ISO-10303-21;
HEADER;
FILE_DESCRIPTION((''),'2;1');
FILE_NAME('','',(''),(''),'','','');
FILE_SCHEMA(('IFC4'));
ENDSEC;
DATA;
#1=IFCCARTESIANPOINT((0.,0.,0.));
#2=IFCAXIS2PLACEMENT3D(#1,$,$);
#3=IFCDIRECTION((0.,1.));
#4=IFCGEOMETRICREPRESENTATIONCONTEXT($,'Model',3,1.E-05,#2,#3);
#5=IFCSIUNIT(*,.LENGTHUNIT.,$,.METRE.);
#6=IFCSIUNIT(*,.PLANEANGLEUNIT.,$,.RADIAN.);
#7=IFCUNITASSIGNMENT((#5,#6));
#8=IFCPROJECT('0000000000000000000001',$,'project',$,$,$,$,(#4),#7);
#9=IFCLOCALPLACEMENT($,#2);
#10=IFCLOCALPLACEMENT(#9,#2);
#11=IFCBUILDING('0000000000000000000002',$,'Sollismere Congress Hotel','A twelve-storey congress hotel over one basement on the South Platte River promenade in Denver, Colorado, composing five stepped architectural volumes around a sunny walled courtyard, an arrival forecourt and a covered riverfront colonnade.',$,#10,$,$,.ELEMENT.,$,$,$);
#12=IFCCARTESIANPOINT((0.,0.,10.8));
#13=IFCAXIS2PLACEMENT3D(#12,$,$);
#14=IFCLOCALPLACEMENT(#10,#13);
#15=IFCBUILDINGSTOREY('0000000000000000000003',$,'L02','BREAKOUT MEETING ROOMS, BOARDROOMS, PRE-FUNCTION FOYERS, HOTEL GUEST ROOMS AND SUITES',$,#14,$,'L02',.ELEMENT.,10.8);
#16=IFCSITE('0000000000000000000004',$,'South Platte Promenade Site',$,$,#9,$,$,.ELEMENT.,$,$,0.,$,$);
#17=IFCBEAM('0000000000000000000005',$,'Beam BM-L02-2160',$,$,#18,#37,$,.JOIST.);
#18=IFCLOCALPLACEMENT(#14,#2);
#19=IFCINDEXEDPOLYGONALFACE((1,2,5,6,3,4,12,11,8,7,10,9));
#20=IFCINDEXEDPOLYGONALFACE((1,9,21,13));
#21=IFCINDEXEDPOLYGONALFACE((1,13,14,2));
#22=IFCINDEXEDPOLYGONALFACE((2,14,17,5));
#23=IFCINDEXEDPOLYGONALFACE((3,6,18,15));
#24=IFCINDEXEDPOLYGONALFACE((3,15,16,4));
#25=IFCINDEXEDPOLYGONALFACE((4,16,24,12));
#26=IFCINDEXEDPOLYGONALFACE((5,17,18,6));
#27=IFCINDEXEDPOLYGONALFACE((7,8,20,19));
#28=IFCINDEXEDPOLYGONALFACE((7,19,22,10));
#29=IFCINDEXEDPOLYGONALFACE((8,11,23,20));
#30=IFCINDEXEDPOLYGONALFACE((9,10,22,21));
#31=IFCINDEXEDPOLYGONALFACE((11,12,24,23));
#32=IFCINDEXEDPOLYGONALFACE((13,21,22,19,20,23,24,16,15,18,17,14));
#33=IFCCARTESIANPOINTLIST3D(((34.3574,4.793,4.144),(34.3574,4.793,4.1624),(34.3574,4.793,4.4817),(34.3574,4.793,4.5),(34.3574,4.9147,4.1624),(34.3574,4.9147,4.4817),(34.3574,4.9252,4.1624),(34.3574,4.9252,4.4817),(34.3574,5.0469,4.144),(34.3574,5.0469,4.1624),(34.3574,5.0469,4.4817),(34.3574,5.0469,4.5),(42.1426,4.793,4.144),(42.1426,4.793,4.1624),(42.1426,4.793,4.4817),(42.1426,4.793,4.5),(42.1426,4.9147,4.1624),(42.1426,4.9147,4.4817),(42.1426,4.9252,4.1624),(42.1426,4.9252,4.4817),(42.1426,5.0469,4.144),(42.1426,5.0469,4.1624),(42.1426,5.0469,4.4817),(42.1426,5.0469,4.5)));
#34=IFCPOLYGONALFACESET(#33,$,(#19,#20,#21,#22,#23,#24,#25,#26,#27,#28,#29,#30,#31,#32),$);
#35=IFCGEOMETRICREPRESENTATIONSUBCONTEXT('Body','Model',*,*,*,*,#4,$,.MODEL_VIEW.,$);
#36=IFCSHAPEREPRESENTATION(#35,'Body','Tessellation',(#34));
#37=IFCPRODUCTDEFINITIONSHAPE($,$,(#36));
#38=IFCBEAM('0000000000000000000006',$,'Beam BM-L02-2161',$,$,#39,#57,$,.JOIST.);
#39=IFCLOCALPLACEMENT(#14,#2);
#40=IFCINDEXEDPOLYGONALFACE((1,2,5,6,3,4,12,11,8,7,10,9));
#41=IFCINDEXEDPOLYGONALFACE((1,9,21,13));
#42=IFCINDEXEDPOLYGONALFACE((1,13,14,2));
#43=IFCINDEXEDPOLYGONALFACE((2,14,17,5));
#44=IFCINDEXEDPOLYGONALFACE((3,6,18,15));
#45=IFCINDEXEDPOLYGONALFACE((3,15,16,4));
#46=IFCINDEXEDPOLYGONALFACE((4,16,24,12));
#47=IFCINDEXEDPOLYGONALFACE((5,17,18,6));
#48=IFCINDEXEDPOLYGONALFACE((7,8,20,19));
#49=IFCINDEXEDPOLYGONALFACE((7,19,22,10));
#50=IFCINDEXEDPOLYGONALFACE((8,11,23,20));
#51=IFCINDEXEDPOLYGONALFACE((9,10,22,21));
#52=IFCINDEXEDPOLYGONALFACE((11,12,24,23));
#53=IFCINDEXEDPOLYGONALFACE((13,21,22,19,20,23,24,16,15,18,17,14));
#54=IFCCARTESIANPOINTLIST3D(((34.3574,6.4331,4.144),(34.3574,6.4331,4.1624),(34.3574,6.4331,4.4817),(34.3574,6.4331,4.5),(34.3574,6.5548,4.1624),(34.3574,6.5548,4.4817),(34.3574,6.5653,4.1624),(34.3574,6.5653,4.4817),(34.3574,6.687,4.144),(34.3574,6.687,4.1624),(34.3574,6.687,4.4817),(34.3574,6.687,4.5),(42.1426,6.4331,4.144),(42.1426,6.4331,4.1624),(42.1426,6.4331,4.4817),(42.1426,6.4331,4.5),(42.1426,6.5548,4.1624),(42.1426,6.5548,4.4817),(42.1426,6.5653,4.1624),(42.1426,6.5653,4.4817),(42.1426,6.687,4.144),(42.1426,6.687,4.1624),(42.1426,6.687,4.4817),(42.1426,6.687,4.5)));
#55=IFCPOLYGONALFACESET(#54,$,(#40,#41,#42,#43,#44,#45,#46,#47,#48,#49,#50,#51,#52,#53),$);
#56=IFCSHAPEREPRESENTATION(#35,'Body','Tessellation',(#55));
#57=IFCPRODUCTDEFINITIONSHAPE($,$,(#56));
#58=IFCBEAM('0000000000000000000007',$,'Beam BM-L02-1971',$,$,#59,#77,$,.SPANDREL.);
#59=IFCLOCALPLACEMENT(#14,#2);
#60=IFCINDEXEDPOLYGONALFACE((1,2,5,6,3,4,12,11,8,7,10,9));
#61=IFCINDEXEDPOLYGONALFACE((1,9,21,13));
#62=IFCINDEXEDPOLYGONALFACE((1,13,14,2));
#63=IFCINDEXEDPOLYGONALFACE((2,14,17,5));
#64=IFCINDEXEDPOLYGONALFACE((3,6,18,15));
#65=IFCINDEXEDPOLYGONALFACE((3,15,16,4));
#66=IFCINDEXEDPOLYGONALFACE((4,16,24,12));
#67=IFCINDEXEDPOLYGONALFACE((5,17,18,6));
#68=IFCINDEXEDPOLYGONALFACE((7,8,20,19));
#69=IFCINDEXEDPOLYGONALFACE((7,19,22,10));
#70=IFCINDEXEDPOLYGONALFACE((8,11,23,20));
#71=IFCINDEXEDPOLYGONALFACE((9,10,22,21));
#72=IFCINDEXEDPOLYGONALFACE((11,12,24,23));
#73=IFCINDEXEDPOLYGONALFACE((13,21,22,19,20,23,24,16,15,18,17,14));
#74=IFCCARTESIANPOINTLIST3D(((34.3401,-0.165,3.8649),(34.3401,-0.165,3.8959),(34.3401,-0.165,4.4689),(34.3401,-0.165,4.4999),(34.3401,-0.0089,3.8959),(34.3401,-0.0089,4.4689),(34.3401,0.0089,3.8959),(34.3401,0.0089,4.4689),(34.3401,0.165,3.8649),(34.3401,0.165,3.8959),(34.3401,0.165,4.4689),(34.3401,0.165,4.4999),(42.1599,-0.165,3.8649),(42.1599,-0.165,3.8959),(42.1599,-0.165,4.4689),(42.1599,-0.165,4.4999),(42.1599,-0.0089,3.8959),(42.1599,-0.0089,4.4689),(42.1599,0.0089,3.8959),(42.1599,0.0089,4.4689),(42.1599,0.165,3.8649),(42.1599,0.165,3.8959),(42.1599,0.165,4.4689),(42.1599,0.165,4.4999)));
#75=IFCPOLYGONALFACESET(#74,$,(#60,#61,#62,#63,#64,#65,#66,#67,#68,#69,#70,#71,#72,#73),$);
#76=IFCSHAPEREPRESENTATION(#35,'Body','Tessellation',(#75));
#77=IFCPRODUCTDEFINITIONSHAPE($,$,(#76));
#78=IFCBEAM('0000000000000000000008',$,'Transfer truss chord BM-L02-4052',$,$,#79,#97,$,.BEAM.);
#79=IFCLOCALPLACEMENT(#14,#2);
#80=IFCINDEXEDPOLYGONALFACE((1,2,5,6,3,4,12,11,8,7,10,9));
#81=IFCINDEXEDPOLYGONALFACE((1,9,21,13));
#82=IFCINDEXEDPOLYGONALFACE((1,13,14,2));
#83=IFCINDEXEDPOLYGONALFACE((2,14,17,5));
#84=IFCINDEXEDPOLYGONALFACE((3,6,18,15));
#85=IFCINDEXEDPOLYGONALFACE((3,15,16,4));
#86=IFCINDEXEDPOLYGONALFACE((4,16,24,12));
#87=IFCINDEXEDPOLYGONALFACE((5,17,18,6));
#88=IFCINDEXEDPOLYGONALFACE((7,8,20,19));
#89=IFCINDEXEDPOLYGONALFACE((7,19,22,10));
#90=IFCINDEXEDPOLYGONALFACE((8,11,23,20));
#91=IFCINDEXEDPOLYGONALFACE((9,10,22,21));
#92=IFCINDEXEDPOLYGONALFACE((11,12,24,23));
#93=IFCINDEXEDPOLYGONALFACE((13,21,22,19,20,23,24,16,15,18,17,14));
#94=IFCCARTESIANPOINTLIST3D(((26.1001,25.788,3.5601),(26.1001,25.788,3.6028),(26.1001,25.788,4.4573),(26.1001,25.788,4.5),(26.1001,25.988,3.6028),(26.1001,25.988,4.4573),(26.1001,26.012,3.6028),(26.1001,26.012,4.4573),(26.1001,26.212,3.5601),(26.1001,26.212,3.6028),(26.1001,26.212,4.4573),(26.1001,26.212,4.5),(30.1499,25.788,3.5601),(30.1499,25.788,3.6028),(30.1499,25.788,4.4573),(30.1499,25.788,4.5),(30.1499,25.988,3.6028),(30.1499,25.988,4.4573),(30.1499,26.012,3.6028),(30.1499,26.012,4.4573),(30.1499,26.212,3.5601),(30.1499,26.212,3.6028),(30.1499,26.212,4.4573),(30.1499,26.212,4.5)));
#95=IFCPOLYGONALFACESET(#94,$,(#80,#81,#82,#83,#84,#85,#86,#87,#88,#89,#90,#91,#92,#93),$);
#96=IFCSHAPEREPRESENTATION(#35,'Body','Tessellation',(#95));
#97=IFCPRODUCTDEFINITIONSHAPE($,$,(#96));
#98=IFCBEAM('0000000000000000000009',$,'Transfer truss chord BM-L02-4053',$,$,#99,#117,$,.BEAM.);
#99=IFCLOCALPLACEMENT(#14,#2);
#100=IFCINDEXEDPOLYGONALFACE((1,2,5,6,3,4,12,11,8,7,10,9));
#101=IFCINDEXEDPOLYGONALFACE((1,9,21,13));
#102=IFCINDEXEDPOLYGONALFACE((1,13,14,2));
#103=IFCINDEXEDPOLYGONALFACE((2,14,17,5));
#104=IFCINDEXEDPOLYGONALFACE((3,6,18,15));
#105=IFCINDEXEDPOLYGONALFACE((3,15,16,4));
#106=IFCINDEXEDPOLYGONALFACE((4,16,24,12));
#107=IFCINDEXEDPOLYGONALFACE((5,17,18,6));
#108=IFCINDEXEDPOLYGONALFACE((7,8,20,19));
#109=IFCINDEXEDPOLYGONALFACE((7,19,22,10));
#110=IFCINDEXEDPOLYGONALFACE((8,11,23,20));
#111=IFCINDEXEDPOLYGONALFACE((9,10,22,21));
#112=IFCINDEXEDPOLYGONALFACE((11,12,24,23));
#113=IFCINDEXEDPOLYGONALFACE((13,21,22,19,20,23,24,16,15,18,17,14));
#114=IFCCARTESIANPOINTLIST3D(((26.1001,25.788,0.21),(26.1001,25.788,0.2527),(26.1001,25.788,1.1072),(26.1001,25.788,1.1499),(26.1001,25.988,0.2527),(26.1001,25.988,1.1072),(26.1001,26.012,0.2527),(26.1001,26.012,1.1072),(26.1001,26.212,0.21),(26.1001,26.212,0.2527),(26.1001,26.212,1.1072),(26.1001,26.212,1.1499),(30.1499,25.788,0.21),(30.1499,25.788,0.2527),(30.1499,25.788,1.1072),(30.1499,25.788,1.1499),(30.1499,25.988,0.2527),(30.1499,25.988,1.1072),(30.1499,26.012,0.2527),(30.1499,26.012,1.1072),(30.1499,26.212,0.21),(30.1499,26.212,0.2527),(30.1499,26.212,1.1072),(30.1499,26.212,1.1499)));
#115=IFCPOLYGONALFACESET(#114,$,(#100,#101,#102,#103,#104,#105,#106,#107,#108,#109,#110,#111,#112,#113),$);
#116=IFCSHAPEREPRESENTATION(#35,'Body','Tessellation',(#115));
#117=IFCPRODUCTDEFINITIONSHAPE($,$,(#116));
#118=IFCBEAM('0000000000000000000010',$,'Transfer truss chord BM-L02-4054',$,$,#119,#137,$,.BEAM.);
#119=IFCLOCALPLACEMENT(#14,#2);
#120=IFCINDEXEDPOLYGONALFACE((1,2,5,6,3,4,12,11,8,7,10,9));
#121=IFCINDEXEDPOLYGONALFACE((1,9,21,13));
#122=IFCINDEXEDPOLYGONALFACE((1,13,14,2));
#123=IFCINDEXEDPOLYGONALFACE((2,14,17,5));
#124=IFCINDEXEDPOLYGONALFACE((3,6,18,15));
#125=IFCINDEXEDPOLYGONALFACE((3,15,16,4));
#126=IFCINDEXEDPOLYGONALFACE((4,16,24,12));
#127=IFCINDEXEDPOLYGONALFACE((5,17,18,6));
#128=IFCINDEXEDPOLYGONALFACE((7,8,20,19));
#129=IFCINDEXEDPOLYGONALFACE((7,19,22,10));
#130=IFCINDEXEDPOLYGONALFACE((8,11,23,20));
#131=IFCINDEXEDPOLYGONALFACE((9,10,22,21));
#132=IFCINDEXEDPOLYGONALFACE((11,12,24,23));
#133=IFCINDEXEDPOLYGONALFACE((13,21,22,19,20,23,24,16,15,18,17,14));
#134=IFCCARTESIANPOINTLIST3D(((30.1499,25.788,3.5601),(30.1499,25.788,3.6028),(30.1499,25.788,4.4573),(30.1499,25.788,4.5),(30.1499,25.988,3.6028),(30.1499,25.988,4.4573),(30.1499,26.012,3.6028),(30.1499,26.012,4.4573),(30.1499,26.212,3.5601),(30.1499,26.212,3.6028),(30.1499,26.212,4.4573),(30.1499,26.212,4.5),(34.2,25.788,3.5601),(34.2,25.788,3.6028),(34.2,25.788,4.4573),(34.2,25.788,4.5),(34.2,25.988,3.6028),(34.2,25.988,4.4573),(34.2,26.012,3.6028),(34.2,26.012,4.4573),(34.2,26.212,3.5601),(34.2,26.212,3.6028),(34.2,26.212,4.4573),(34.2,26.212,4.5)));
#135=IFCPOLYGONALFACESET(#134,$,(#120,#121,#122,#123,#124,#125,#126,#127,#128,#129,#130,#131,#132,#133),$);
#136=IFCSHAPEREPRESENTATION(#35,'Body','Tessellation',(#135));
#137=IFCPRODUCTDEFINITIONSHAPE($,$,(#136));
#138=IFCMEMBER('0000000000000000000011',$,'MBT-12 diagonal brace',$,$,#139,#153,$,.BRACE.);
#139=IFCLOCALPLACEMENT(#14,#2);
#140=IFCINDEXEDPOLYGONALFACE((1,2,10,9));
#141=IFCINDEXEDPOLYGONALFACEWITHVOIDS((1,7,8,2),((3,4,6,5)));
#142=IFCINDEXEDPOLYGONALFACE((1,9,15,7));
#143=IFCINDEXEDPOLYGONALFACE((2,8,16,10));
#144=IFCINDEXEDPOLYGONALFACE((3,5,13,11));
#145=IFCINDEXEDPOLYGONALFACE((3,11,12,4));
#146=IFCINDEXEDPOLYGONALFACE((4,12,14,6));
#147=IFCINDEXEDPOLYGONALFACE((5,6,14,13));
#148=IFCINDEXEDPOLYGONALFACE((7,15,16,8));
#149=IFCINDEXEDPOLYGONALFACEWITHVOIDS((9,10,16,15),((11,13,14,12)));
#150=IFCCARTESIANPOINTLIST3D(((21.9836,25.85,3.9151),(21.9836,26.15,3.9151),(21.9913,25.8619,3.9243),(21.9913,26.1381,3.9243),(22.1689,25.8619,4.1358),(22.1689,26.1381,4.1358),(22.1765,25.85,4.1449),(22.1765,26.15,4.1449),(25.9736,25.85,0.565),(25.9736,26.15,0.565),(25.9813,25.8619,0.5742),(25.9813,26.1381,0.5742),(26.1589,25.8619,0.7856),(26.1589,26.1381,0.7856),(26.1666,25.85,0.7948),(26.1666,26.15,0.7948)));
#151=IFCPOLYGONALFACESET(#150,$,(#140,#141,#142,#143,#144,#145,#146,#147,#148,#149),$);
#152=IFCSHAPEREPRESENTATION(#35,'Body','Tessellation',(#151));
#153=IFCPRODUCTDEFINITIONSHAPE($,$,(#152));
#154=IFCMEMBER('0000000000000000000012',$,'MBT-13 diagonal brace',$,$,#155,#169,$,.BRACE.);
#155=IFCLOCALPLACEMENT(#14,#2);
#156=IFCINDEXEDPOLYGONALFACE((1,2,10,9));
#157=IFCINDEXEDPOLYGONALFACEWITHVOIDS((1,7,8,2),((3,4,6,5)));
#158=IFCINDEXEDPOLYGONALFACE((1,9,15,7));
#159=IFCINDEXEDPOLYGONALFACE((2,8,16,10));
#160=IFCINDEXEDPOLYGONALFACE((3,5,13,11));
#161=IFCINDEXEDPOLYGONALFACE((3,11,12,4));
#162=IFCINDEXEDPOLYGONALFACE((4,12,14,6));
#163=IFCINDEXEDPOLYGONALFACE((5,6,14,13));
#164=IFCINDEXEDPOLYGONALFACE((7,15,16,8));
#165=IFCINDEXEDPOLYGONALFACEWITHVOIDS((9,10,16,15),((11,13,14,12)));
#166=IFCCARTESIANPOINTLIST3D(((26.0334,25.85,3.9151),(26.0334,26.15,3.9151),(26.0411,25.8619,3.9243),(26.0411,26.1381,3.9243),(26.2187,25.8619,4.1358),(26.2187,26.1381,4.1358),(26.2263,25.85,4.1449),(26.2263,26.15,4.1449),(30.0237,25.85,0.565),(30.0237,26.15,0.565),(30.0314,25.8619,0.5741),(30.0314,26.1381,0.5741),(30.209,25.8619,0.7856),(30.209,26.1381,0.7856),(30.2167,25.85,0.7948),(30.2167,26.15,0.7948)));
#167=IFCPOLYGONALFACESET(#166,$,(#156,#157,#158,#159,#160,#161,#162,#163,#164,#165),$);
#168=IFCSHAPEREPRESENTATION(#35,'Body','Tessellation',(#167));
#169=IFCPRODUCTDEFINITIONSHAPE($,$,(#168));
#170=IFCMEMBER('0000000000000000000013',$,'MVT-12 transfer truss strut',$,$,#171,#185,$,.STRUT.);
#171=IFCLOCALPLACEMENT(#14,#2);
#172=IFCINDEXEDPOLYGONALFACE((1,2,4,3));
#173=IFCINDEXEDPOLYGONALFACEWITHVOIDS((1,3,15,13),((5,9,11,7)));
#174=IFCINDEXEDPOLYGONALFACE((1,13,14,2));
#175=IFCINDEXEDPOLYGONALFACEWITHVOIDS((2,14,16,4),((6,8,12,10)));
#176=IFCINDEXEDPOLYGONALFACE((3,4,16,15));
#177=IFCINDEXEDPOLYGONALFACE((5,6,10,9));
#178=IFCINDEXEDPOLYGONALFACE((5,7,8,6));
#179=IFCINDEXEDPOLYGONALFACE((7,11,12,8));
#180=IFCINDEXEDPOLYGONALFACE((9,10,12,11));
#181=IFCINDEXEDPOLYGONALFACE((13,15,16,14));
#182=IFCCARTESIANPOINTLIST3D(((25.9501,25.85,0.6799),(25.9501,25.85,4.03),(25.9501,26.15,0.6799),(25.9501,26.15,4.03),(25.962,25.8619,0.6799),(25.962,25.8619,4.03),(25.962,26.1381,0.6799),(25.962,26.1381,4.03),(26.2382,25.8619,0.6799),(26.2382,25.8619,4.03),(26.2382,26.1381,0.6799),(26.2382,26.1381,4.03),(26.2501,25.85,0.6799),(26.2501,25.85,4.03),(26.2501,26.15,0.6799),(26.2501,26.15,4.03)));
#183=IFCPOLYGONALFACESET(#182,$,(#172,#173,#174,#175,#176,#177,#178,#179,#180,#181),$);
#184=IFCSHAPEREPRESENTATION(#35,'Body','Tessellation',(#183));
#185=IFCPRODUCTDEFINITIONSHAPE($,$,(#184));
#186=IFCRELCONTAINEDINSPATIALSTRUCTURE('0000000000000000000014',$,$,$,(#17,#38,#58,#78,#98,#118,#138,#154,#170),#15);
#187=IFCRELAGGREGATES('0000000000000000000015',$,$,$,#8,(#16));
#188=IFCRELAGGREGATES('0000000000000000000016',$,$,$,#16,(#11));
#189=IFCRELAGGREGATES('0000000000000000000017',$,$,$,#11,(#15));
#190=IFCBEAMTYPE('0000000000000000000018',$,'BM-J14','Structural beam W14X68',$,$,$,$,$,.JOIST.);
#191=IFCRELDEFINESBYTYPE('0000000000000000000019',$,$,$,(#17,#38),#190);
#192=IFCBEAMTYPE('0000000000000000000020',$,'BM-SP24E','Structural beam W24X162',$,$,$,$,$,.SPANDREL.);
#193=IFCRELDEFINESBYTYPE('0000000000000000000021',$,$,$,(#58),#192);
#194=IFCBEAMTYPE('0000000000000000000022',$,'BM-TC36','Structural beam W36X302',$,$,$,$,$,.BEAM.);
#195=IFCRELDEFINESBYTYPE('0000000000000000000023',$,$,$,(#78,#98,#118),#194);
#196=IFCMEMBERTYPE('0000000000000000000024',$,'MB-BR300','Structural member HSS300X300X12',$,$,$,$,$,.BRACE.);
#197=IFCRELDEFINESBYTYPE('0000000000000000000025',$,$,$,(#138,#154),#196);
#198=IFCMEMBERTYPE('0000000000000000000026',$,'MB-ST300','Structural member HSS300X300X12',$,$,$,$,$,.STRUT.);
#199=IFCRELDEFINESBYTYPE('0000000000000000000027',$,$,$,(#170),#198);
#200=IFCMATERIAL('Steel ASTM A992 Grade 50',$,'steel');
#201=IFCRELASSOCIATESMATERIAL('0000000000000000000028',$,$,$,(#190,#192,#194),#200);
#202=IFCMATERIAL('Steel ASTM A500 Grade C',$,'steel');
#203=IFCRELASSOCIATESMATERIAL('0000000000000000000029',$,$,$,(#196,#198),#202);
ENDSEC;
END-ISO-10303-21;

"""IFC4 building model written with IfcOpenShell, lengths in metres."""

from ifc_helpers import new_model, si_unit, direction, frame, origin, origin_2d, place, context, subcontext, project, spatial, hollow_rectangle, i_section, extrude, material, material_profile, profile_set, type_object, element, save


model = new_model("IFC4")

# Units and contexts
model_context = context("Model", 3, precision=1e-05, world=origin(), true_north=direction((0.0, 1.0)))
body_context = subcontext(model_context, "Body", "Model", "MODEL_VIEW")
ifc_project = project(units=[si_unit("LENGTHUNIT", "METRE"), si_unit("PLANEANGLEUNIT", "RADIAN")], contexts=[model_context])

# Site, building, storey
site_placement = place(None, origin())
site = spatial("IfcSite", under=ifc_project, at=site_placement, Name="South Platte Promenade Site", CompositionType="ELEMENT", RefElevation=0.0)
building_placement = place(site_placement, origin())
building = spatial("IfcBuilding", under=site, at=building_placement, Name="Sollismere Congress Hotel", Description="A twelve-storey congress hotel over one basement on the South Platte River promenade in Denver, Colorado, composing five stepped architectural volumes around a sunny walled courtyard, an arrival forecourt and a covered riverfront colonnade.", CompositionType="ELEMENT")
storey_placement = place(building_placement, frame((0.0, 0.0, 10.8)))
storey = spatial("IfcBuildingStorey", under=building, at=storey_placement, Name="L02", Description="BREAKOUT MEETING ROOMS, BOARDROOMS, PRE-FUNCTION FOYERS, HOTEL GUEST ROOMS AND SUITES", LongName="L02", CompositionType="ELEMENT", Elevation=10.8)

# Shared definitions
ifc_material_1 = material(Name="Steel ASTM A992 Grade 50", Category="steel")

# Beams
ifc_material_profile_1 = material_profile(ifc_material_1, i_section(OverallWidth=0.2539, OverallDepth=0.356, WebThickness=0.0105, FlangeThickness=0.0183, at=origin_2d()), Name="W14X68")
ifc_profile_set_1 = profile_set([ifc_material_profile_1], Name="Steel ASTM A992 Grade 50")
beam_type_1 = type_object("IfcBeamType", Name="BM-J14", Description="Structural beam W14X68", PredefinedType="JOIST", material=ifc_profile_set_1)
for number, where, z_axis, x_axis, name in (
    (1, (34.3574, 4.9199, 4.322), (1.0, 0.0, 0.0), (0.0, 1.0, 0.0), "Beam BM-L02-2160"),
    (2, (34.3574, 6.5601, 4.322), (1.0, 0.0, 0.0), (0.0, 1.0, 0.0), "Beam BM-L02-2161"),
):
    element("IfcBeam", number, at=place(storey_placement, frame(where, z_axis=z_axis, x_axis=x_axis)), inside=storey, type_object=beam_type_1, Name=name, PredefinedType="JOIST", context=body_context, shape_type="SweptSolid", body=[
        extrude(i_section(OverallWidth=0.2539, OverallDepth=0.356, WebThickness=0.0105, FlangeThickness=0.0183, at=origin_2d()), origin(), (0.0, 0.0, 1.0), 7.7852),
    ])
ifc_material_profile_2 = material_profile(ifc_material_1, i_section(OverallWidth=0.3301, OverallDepth=0.635, WebThickness=0.0178, FlangeThickness=0.031, at=origin_2d()), Name="W24X162")
ifc_profile_set_2 = profile_set([ifc_material_profile_2], Name="Steel ASTM A992 Grade 50")
beam_type_2 = type_object("IfcBeamType", Name="BM-SP24E", Description="Structural beam W24X162", PredefinedType="SPANDREL", material=ifc_profile_set_2)
beam_1_placement = place(storey_placement, frame((34.3401, 0.0, 4.1824), z_axis=(1.0, 0.0, 0.0), x_axis=(0.0, 1.0, 0.0)))
element("IfcBeam", 3, at=beam_1_placement, inside=storey, type_object=beam_type_2, Name="Beam BM-L02-1971", PredefinedType="SPANDREL", context=body_context, shape_type="SweptSolid", body=[
    extrude(i_section(OverallWidth=0.3301, OverallDepth=0.635, WebThickness=0.0178, FlangeThickness=0.031, at=origin_2d()), origin(), (0.0, 0.0, 1.0), 7.8198),
])
ifc_material_profile_3 = material_profile(ifc_material_1, i_section(OverallWidth=0.4241, OverallDepth=0.9399, WebThickness=0.0239, FlangeThickness=0.0427, at=origin_2d()), Name="W36X302")
ifc_profile_set_3 = profile_set([ifc_material_profile_3], Name="Steel ASTM A992 Grade 50")
beam_type_3 = type_object("IfcBeamType", Name="BM-TC36", Description="Structural beam W36X302", PredefinedType="BEAM", material=ifc_profile_set_3)
for number, where, z_axis, x_axis, name in (
    (4, (26.1001, 26.0, 4.03), (1.0, 0.0, 0.0), (0.0, 1.0, 0.0), "Transfer truss chord BM-L02-4052"),
    (5, (26.1001, 26.0, 0.6799), (1.0, 0.0, 0.0), (0.0, 1.0, 0.0), "Transfer truss chord BM-L02-4053"),
):
    element("IfcBeam", number, at=place(storey_placement, frame(where, z_axis=z_axis, x_axis=x_axis)), inside=storey, type_object=beam_type_3, Name=name, PredefinedType="BEAM", context=body_context, shape_type="SweptSolid", body=[
        extrude(i_section(OverallWidth=0.4241, OverallDepth=0.9399, WebThickness=0.0239, FlangeThickness=0.0427, at=origin_2d()), origin(), (0.0, 0.0, 1.0), 4.0498),
    ])
beam_2_placement = place(storey_placement, frame((30.1499, 26.0, 4.03), z_axis=(1.0, 0.0, 0.0), x_axis=(0.0, 1.0, 0.0)))
element("IfcBeam", 6, at=beam_2_placement, inside=storey, type_object=beam_type_3, Name="Transfer truss chord BM-L02-4054", PredefinedType="BEAM", context=body_context, shape_type="SweptSolid", body=[
    extrude(i_section(OverallWidth=0.4241, OverallDepth=0.9399, WebThickness=0.0239, FlangeThickness=0.0427, at=origin_2d()), origin(), (0.0, 0.0, 1.0), 4.05),
])

# Members
ifc_material_2 = material(Name="Steel ASTM A500 Grade C", Category="steel")
ifc_material_profile_4 = material_profile(ifc_material_2, hollow_rectangle(XDim=0.3, YDim=0.3, WallThickness=0.012, at=origin_2d()), Name="HSS300X300X12")
ifc_profile_set_4 = profile_set([ifc_material_profile_4], Name="Steel ASTM A500 Grade C")
member_type_1 = type_object("IfcMemberType", Name="MB-BR300", Description="Structural member HSS300X300X12", PredefinedType="BRACE", material=ifc_profile_set_4)
member_1_placement = place(storey_placement, frame((22.0801, 26.0, 4.03), z_axis=(0.765846, 0.0, -0.643024), x_axis=(0.0, 1.0, 0.0)))
element("IfcMember", 7, at=member_1_placement, inside=storey, type_object=member_type_1, Name="MBT-12 diagonal brace", PredefinedType="BRACE", context=body_context, shape_type="SweptSolid", body=[
    extrude(hollow_rectangle(XDim=0.3, YDim=0.3, WallThickness=0.012, at=origin_2d()), origin(), (0.0, 0.0, 1.0), 5.21),
])
member_2_placement = place(storey_placement, frame((26.1299, 26.0, 4.03), z_axis=(0.765865, 0.0, -0.643001), x_axis=(0.0, 1.0, 0.0)))
element("IfcMember", 8, at=member_2_placement, inside=storey, type_object=member_type_1, Name="MBT-13 diagonal brace", PredefinedType="BRACE", context=body_context, shape_type="SweptSolid", body=[
    extrude(hollow_rectangle(XDim=0.3, YDim=0.3, WallThickness=0.012, at=origin_2d()), origin(), (0.0, 0.0, 1.0), 5.2102),
])
ifc_material_profile_5 = material_profile(ifc_material_2, hollow_rectangle(XDim=0.3, YDim=0.3, WallThickness=0.012, at=origin_2d()), Name="HSS300X300X12")
ifc_profile_set_5 = profile_set([ifc_material_profile_5], Name="Steel ASTM A500 Grade C")
member_type_2 = type_object("IfcMemberType", Name="MB-ST300", Description="Structural member HSS300X300X12", PredefinedType="STRUT", material=ifc_profile_set_5)
for number, where, z_axis, x_axis, name in (
    (9, (26.1001, 26.0, 0.6799), (0.0, 0.0, 1.0), (1.0, 0.0, 0.0), "MVT-12 transfer truss strut"),
):
    element("IfcMember", number, at=place(storey_placement, frame(where, z_axis=z_axis, x_axis=x_axis)), inside=storey, type_object=member_type_2, Name=name, PredefinedType="STRUT", context=body_context, shape_type="SweptSolid", body=[
        extrude(hollow_rectangle(XDim=0.3, YDim=0.3, WallThickness=0.012, at=origin_2d()), origin(), (0.0, 0.0, 1.0), 3.3501),
    ])

save(model, "model.ifc")
